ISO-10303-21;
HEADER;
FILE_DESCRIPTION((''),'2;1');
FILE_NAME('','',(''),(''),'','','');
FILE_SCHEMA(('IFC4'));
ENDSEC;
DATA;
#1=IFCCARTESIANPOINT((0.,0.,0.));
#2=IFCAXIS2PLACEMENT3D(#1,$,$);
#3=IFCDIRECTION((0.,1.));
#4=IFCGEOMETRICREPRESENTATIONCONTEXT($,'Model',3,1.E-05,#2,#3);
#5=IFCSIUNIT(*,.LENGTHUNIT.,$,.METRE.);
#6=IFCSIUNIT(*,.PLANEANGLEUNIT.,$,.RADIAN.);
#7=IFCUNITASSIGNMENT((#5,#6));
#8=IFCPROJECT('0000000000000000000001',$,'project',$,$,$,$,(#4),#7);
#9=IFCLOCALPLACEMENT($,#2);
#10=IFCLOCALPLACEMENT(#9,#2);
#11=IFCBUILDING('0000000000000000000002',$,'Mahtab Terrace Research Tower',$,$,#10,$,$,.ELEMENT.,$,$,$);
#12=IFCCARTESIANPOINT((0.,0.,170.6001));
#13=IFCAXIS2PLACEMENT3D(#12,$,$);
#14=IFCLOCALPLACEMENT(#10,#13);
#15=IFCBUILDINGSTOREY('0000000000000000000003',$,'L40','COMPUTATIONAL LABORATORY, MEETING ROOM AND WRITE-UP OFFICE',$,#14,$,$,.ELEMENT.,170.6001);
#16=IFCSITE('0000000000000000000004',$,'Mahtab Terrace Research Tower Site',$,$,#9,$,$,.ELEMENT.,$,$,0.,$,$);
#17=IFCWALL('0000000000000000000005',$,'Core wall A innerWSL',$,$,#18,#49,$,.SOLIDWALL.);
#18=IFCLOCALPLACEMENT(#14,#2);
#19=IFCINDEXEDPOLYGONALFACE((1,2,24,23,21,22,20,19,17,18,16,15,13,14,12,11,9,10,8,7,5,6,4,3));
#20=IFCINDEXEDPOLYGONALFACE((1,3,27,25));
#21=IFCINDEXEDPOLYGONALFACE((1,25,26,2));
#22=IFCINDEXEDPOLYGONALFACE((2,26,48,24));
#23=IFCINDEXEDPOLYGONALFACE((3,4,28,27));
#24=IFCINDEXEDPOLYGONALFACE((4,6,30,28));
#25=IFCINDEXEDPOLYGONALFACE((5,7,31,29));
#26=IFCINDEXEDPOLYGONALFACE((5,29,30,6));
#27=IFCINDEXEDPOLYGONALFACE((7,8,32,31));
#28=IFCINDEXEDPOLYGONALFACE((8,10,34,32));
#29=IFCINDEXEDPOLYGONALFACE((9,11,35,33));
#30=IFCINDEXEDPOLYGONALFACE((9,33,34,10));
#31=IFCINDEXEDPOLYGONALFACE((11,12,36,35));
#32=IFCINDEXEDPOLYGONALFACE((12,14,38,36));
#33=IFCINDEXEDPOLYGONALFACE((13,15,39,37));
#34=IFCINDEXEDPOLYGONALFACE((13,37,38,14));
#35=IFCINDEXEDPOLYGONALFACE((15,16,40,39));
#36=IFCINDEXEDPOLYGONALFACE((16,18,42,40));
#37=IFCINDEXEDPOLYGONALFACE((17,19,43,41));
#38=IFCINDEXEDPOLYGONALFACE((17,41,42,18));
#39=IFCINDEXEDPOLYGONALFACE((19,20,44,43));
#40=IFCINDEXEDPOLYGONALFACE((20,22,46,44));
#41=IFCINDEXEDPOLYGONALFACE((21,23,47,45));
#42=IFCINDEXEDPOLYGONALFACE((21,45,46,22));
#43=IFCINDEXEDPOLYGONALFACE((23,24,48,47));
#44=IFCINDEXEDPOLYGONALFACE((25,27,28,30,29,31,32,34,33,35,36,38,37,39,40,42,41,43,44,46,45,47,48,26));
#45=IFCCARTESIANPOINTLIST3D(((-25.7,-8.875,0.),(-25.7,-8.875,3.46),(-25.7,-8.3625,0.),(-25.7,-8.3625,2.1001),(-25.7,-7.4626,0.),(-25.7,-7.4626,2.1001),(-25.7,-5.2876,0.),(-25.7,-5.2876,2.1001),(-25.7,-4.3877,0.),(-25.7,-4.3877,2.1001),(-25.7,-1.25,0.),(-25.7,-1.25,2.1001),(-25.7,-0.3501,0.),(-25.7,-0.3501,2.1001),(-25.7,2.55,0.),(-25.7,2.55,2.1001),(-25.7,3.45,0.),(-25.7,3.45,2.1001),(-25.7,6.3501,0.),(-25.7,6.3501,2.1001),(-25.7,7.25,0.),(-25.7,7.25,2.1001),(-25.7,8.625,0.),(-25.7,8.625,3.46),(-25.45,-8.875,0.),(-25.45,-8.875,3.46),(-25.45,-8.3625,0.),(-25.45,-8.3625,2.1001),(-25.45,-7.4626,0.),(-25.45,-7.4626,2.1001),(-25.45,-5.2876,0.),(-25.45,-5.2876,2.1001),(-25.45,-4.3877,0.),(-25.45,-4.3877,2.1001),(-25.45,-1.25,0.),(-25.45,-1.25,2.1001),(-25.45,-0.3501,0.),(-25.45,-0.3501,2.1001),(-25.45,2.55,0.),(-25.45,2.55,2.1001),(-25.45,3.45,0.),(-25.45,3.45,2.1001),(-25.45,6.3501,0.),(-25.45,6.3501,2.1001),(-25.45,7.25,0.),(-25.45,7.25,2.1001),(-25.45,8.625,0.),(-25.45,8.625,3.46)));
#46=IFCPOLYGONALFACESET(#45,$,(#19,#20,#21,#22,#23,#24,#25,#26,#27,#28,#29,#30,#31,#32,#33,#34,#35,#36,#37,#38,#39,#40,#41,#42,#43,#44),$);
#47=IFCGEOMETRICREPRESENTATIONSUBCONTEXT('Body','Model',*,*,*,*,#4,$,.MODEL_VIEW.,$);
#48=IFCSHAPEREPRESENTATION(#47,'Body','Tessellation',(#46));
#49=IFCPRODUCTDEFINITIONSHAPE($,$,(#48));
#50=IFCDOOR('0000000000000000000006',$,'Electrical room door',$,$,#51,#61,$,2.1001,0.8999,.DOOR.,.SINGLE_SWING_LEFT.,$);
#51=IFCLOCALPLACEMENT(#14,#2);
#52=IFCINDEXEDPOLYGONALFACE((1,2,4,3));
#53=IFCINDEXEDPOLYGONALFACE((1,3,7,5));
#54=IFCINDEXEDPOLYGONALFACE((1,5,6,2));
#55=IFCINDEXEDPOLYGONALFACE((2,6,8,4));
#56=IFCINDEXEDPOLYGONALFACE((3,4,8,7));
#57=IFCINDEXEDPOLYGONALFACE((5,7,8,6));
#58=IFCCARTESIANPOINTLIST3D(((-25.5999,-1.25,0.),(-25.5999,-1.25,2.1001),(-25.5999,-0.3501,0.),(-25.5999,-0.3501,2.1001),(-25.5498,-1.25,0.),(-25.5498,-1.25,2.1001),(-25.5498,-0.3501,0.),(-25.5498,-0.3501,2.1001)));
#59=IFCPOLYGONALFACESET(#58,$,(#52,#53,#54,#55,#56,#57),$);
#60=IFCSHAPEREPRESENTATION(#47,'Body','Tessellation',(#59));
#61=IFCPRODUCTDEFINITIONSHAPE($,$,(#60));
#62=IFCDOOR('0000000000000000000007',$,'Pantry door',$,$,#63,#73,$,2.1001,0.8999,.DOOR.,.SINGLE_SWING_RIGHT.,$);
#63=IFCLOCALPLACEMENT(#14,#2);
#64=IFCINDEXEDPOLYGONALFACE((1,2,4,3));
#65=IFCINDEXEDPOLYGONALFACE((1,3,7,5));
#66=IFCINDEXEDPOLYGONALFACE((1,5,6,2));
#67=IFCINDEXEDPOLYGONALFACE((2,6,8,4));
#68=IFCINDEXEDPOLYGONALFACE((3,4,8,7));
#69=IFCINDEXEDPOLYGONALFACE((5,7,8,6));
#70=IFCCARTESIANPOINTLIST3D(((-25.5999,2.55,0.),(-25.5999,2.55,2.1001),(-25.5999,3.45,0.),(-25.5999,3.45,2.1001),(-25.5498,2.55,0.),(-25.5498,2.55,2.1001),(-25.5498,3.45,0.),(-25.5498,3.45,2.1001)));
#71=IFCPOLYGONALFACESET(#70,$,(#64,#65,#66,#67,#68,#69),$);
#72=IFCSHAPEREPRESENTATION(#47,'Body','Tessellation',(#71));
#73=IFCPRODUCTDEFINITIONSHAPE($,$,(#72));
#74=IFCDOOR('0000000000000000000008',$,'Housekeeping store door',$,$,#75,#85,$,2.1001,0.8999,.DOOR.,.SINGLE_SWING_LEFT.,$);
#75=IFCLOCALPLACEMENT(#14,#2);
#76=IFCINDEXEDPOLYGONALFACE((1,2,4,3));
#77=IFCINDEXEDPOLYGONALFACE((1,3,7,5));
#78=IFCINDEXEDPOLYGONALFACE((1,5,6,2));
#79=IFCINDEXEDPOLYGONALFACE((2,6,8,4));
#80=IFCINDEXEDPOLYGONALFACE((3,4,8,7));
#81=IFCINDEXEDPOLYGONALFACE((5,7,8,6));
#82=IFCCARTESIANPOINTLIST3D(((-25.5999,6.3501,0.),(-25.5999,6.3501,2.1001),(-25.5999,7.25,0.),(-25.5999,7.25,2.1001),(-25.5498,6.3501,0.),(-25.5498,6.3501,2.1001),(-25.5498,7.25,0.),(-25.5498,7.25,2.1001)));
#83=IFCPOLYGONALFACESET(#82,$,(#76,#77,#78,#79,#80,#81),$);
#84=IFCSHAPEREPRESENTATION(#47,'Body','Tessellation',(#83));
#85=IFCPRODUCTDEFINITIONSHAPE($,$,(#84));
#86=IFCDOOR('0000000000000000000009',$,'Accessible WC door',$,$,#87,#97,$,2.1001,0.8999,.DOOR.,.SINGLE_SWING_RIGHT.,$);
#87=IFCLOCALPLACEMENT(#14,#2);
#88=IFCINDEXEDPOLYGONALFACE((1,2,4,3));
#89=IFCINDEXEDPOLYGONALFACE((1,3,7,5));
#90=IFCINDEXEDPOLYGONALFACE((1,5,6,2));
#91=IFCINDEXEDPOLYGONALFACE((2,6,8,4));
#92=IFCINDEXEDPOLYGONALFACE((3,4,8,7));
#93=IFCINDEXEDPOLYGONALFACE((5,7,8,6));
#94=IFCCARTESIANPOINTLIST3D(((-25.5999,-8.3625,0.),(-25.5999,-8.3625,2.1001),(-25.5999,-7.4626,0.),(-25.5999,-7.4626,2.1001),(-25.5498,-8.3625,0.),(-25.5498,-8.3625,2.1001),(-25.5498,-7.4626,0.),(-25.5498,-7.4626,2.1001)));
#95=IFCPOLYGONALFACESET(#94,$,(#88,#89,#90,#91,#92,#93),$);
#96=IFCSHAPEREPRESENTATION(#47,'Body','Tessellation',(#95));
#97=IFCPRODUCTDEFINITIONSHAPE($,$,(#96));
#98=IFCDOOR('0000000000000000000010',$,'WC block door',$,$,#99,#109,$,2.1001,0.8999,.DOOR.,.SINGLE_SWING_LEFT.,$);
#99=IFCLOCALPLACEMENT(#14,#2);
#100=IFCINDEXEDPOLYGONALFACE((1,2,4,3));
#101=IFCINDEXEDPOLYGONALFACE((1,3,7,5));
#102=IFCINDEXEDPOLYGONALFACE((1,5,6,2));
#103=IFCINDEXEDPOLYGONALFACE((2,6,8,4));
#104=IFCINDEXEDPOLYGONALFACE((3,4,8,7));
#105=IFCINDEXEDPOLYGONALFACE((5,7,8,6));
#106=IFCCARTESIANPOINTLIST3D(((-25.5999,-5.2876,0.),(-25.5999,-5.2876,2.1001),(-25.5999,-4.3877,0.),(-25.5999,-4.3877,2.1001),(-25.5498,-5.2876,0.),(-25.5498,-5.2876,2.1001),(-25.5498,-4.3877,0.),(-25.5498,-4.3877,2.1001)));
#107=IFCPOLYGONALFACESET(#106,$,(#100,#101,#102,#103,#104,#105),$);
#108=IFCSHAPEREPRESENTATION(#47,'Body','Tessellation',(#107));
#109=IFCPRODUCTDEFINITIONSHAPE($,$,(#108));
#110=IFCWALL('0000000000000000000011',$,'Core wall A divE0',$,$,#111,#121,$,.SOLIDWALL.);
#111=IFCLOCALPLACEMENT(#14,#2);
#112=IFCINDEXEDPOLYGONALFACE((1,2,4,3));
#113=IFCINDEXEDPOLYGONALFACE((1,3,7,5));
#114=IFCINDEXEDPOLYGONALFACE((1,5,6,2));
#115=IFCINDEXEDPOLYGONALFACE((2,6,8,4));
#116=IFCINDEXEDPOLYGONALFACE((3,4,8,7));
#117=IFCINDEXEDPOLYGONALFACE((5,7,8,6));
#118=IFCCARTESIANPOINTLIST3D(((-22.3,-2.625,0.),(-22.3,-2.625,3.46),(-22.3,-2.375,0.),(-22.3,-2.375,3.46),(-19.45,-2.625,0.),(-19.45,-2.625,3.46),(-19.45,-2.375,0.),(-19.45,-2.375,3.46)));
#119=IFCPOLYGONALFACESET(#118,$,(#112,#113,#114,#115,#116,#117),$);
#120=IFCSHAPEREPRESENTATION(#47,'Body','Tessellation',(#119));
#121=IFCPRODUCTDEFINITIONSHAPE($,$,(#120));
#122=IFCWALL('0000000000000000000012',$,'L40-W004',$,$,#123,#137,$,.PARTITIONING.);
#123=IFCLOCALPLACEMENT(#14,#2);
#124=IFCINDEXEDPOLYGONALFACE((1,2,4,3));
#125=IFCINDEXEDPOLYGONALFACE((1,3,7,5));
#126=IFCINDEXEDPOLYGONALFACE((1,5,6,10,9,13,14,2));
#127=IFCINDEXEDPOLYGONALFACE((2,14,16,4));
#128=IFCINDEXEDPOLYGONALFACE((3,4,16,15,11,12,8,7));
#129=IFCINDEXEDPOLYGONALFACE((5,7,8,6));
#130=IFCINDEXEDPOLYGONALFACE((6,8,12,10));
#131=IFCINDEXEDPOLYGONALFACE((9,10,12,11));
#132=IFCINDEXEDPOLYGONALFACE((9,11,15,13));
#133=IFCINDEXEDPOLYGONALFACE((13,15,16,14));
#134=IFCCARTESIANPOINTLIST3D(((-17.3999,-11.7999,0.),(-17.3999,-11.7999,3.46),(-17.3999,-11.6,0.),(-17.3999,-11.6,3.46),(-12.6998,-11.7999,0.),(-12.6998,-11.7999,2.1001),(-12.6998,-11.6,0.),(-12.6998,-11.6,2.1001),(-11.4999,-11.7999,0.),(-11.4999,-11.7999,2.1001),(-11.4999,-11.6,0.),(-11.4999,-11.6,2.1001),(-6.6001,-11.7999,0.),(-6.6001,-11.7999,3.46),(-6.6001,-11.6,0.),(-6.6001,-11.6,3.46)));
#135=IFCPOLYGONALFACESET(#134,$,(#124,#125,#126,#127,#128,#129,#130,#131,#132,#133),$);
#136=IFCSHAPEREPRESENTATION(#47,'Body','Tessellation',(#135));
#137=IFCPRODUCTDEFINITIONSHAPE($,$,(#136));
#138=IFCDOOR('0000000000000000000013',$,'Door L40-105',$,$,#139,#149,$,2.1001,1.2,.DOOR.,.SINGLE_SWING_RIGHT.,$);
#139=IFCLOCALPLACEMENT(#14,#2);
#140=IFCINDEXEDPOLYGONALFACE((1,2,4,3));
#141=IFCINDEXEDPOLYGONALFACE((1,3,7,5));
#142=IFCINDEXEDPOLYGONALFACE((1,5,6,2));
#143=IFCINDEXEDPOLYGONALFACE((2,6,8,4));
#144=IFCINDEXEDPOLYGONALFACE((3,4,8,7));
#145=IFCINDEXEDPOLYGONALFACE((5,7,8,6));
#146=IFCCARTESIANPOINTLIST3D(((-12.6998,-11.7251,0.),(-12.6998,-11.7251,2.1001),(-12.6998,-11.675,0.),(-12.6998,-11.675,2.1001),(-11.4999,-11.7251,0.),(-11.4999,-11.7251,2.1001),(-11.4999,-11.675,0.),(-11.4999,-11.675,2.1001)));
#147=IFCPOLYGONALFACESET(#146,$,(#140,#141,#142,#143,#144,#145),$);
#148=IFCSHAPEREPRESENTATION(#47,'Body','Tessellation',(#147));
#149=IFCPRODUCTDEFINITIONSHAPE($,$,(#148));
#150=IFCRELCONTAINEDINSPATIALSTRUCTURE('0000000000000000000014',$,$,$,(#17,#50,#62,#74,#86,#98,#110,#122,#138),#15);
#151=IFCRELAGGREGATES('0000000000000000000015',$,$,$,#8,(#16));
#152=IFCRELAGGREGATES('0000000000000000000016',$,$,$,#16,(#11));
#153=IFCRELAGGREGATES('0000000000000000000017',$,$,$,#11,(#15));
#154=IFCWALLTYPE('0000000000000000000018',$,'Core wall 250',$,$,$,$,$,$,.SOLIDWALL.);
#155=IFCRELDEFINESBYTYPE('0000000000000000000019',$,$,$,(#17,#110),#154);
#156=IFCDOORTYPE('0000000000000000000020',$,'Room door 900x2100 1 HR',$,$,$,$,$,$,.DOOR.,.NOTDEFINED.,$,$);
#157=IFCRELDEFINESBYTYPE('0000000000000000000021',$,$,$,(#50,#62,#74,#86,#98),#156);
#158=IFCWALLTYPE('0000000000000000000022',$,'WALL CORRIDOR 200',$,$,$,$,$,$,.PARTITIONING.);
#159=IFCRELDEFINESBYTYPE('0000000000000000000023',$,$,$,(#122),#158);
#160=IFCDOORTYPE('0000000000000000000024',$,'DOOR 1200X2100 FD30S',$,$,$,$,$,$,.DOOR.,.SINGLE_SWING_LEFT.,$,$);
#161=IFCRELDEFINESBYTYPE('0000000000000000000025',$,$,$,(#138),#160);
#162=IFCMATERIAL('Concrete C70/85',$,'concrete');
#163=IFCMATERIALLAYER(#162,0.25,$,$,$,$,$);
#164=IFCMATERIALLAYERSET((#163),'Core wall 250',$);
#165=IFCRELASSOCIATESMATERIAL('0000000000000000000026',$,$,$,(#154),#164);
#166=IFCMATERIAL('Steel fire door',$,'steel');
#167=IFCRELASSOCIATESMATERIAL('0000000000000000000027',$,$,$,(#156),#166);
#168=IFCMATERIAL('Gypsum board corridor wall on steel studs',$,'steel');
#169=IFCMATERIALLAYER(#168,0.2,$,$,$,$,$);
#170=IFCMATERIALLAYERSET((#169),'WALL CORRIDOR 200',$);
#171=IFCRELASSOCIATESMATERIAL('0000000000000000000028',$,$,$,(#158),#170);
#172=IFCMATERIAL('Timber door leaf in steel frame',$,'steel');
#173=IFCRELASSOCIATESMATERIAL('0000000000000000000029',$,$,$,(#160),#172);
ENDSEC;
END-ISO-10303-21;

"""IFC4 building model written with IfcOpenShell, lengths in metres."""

from ifc_helpers import new_model, si_unit, direction, frame, frame_2d, origin, place, context, subcontext, project, spatial, rectangle, extrude, material, layer, layer_set, type_object, element, fill, save


model = new_model("IFC4")

# Units and contexts
model_context = context("Model", 3, precision=1e-05, world=origin(), true_north=direction((0.0, 1.0)))
body_context = subcontext(model_context, "Body", "Model", "MODEL_VIEW")
ifc_project = project(units=[si_unit("LENGTHUNIT", "METRE"), si_unit("PLANEANGLEUNIT", "RADIAN")], contexts=[model_context])

# Site, building, storey
site_placement = place(None, origin())
site = spatial("IfcSite", under=ifc_project, at=site_placement, Name="Mahtab Terrace Research Tower Site", CompositionType="ELEMENT", RefElevation=0.0)
building_placement = place(site_placement, origin())
building = spatial("IfcBuilding", under=site, at=building_placement, Name="Mahtab Terrace Research Tower", CompositionType="ELEMENT")
storey_placement = place(building_placement, frame((0.0, 0.0, 170.6001)))
storey = spatial("IfcBuildingStorey", under=building, at=storey_placement, Name="L40", Description="COMPUTATIONAL LABORATORY, MEETING ROOM AND WRITE-UP OFFICE", CompositionType="ELEMENT", Elevation=170.6001)

# Shared definitions
ifc_material_1 = material(Name="Concrete C70/85", Category="concrete")

# Shared definitions
ifc_layer_1 = layer(ifc_material_1, 0.25)
ifc_layer_set_1 = layer_set([ifc_layer_1], Name="Core wall 250")
wall_type_1 = type_object("IfcWallType", Name="Core wall 250", PredefinedType="SOLIDWALL", material=ifc_layer_set_1)

# Shared definitions
ifc_material_2 = material(Name="Steel fire door", Category="steel")

# Wall, openings, doors
wall_1_placement = place(storey_placement, frame((-25.575, -8.875, 0.0), z_axis=(0.0, 0.0, 1.0), x_axis=(0.0, 1.0, 0.0)))
wall_1 = element("IfcWall", 1, at=wall_1_placement, inside=storey, type_object=wall_type_1, Name="Core wall A innerWSL", PredefinedType="SOLIDWALL", context=body_context, shape_type="SweptSolid", body=[
    extrude(rectangle(XDim=17.5, YDim=0.25, at=frame_2d((8.75, 0.0))), origin(), (0.0, 0.0, 1.0), 3.46),
])
opening_1_placement = place(wall_1_placement, frame((7.625, 0.0, 0.0)))
opening_1 = element("IfcOpeningElement", 2, at=opening_1_placement, cuts=wall_1, PredefinedType="OPENING", context=body_context, shape_type="SweptSolid", body=[
    extrude(rectangle(XDim=0.8999, YDim=2.1001, at=frame_2d((0.45, 1.05))), frame((0.0, 0.135, 0.0), z_axis=(0.0, -1.0, 0.0), x_axis=(1.0, 0.0, 0.0)), (0.0, 0.0, 1.0), 0.27),
])
opening_2_placement = place(wall_1_placement, frame((11.425, 0.0, 0.0)))
opening_2 = element("IfcOpeningElement", 3, at=opening_2_placement, cuts=wall_1, PredefinedType="OPENING", context=body_context, shape_type="SweptSolid", body=[
    extrude(rectangle(XDim=0.8999, YDim=2.1001, at=frame_2d((0.45, 1.05))), frame((0.0, 0.135, 0.0), z_axis=(0.0, -1.0, 0.0), x_axis=(1.0, 0.0, 0.0)), (0.0, 0.0, 1.0), 0.27),
])
opening_3_placement = place(wall_1_placement, frame((15.2251, 0.0, 0.0)))
opening_3 = element("IfcOpeningElement", 4, at=opening_3_placement, cuts=wall_1, PredefinedType="OPENING", context=body_context, shape_type="SweptSolid", body=[
    extrude(rectangle(XDim=0.8999, YDim=2.1001, at=frame_2d((0.45, 1.05))), frame((0.0, 0.135, 0.0), z_axis=(0.0, -1.0, 0.0), x_axis=(1.0, 0.0, 0.0)), (0.0, 0.0, 1.0), 0.27),
])
opening_4_placement = place(wall_1_placement, frame((0.5125, 0.0, 0.0)))
opening_4 = element("IfcOpeningElement", 5, at=opening_4_placement, cuts=wall_1, PredefinedType="OPENING", context=body_context, shape_type="SweptSolid", body=[
    extrude(rectangle(XDim=0.8999, YDim=2.1001, at=frame_2d((0.45, 1.05))), frame((0.0, 0.135, 0.0), z_axis=(0.0, -1.0, 0.0), x_axis=(1.0, 0.0, 0.0)), (0.0, 0.0, 1.0), 0.27),
])
opening_5_placement = place(wall_1_placement, frame((3.5874, 0.0, 0.0)))
opening_5 = element("IfcOpeningElement", 6, at=opening_5_placement, cuts=wall_1, PredefinedType="OPENING", context=body_context, shape_type="SweptSolid", body=[
    extrude(rectangle(XDim=0.8999, YDim=2.1001, at=frame_2d((0.45, 1.05))), frame((0.0, 0.135, 0.0), z_axis=(0.0, -1.0, 0.0), x_axis=(1.0, 0.0, 0.0)), (0.0, 0.0, 1.0), 0.27),
])
door_type_1 = type_object("IfcDoorType", Name="Room door 900x2100 1 HR", OperationType="NOTDEFINED", PredefinedType="DOOR", material=ifc_material_2)
door_1_placement = place(opening_1_placement, origin())
door_1 = element("IfcDoor", 7, at=door_1_placement, inside=storey, type_object=door_type_1, Name="Electrical room door", OperationType="SINGLE_SWING_LEFT", OverallHeight=2.1001, OverallWidth=0.8999, PredefinedType="DOOR", context=body_context, shape_type="SweptSolid", body=[
    extrude(rectangle(XDim=0.8999, YDim=2.1001, at=frame_2d((0.45, 1.05))), frame((0.0, 0.0249, 0.0), z_axis=(0.0, -1.0, 0.0), x_axis=(1.0, 0.0, 0.0)), (0.0, 0.0, 1.0), 0.05),
])
fill(opening_1, door_1)
door_2_placement = place(opening_2_placement, origin())
door_2 = element("IfcDoor", 8, at=door_2_placement, inside=storey, type_object=door_type_1, Name="Pantry door", OperationType="SINGLE_SWING_RIGHT", OverallHeight=2.1001, OverallWidth=0.8999, PredefinedType="DOOR", context=body_context, shape_type="SweptSolid", body=[
    extrude(rectangle(XDim=0.8999, YDim=2.1001, at=frame_2d((0.45, 1.05))), frame((0.0, 0.0249, 0.0), z_axis=(0.0, -1.0, 0.0), x_axis=(1.0, 0.0, 0.0)), (0.0, 0.0, 1.0), 0.05),
])
fill(opening_2, door_2)
door_3_placement = place(opening_3_placement, origin())
door_3 = element("IfcDoor", 9, at=door_3_placement, inside=storey, type_object=door_type_1, Name="Housekeeping store door", OperationType="SINGLE_SWING_LEFT", OverallHeight=2.1001, OverallWidth=0.8999, PredefinedType="DOOR", context=body_context, shape_type="SweptSolid", body=[
    extrude(rectangle(XDim=0.8999, YDim=2.1001, at=frame_2d((0.45, 1.05))), frame((0.0, 0.0249, 0.0), z_axis=(0.0, -1.0, 0.0), x_axis=(1.0, 0.0, 0.0)), (0.0, 0.0, 1.0), 0.05),
])
fill(opening_3, door_3)
door_4_placement = place(opening_4_placement, origin())
door_4 = element("IfcDoor", 10, at=door_4_placement, inside=storey, type_object=door_type_1, Name="Accessible WC door", OperationType="SINGLE_SWING_RIGHT", OverallHeight=2.1001, OverallWidth=0.8999, PredefinedType="DOOR", context=body_context, shape_type="SweptSolid", body=[
    extrude(rectangle(XDim=0.8999, YDim=2.1001, at=frame_2d((0.45, 1.05))), frame((0.0, 0.0249, 0.0), z_axis=(0.0, -1.0, 0.0), x_axis=(1.0, 0.0, 0.0)), (0.0, 0.0, 1.0), 0.05),
])
fill(opening_4, door_4)
door_5_placement = place(opening_5_placement, origin())
door_5 = element("IfcDoor", 11, at=door_5_placement, inside=storey, type_object=door_type_1, Name="WC block door", OperationType="SINGLE_SWING_LEFT", OverallHeight=2.1001, OverallWidth=0.8999, PredefinedType="DOOR", context=body_context, shape_type="SweptSolid", body=[
    extrude(rectangle(XDim=0.8999, YDim=2.1001, at=frame_2d((0.45, 1.05))), frame((0.0, 0.0249, 0.0), z_axis=(0.0, -1.0, 0.0), x_axis=(1.0, 0.0, 0.0)), (0.0, 0.0, 1.0), 0.05),
])
fill(opening_5, door_5)

# Wall
wall_2_placement = place(storey_placement, frame((-22.3, -2.5, 0.0), z_axis=(0.0, 0.0, 1.0), x_axis=(1.0, 0.0, 0.0)))
element("IfcWall", 12, at=wall_2_placement, inside=storey, type_object=wall_type_1, Name="Core wall A divE0", PredefinedType="SOLIDWALL", context=body_context, shape_type="SweptSolid", body=[
    extrude(rectangle(XDim=2.8501, YDim=0.25, at=frame_2d((1.425, 0.0))), origin(), (0.0, 0.0, 1.0), 3.46),
])

# Wall, opening, door
ifc_material_3 = material(Name="Gypsum board corridor wall on steel studs", Category="steel")
ifc_layer_2 = layer(ifc_material_3, 0.2)
ifc_layer_set_2 = layer_set([ifc_layer_2], Name="WALL CORRIDOR 200")
wall_type_2 = type_object("IfcWallType", Name="WALL CORRIDOR 200", PredefinedType="PARTITIONING", material=ifc_layer_set_2)
wall_3_placement = place(storey_placement, frame((-17.3999, -11.7, 0.0), z_axis=(0.0, 0.0, 1.0), x_axis=(1.0, 0.0, 0.0)))
wall_3 = element("IfcWall", 13, at=wall_3_placement, inside=storey, type_object=wall_type_2, Name="L40-W004", PredefinedType="PARTITIONING", context=body_context, shape_type="SweptSolid", body=[
    extrude(rectangle(XDim=10.7998, YDim=0.2, at=frame_2d((5.3999, 0.0))), origin(), (0.0, 0.0, 1.0), 3.46),
])
opening_6_placement = place(wall_3_placement, frame((4.7, 0.0, 0.0)))
opening_6 = element("IfcOpeningElement", 14, at=opening_6_placement, cuts=wall_3, PredefinedType="OPENING", context=body_context, shape_type="SweptSolid", body=[
    extrude(rectangle(XDim=1.2, YDim=2.1001, at=frame_2d((0.6001, 1.05))), frame((0.0, 0.1099, 0.0), z_axis=(0.0, -1.0, 0.0), x_axis=(1.0, 0.0, 0.0)), (0.0, 0.0, 1.0), 0.22),
])
ifc_material_4 = material(Name="Timber door leaf in steel frame", Category="steel")
door_type_2 = type_object("IfcDoorType", Name="DOOR 1200X2100 FD30S", OperationType="SINGLE_SWING_LEFT", PredefinedType="DOOR", material=ifc_material_4)
door_6_placement = place(opening_6_placement, origin())
door_6 = element("IfcDoor", 15, at=door_6_placement, inside=storey, type_object=door_type_2, Name="Door L40-105", OperationType="SINGLE_SWING_RIGHT", OverallHeight=2.1001, OverallWidth=1.2, PredefinedType="DOOR", context=body_context, shape_type="SweptSolid", body=[
    extrude(rectangle(XDim=1.2, YDim=2.1001, at=frame_2d((0.6001, 1.05))), frame((0.0, 0.0249, 0.0), z_axis=(0.0, -1.0, 0.0), x_axis=(1.0, 0.0, 0.0)), (0.0, 0.0, 1.0), 0.05),
])
fill(opening_6, door_6)

save(model, "model.ifc")
